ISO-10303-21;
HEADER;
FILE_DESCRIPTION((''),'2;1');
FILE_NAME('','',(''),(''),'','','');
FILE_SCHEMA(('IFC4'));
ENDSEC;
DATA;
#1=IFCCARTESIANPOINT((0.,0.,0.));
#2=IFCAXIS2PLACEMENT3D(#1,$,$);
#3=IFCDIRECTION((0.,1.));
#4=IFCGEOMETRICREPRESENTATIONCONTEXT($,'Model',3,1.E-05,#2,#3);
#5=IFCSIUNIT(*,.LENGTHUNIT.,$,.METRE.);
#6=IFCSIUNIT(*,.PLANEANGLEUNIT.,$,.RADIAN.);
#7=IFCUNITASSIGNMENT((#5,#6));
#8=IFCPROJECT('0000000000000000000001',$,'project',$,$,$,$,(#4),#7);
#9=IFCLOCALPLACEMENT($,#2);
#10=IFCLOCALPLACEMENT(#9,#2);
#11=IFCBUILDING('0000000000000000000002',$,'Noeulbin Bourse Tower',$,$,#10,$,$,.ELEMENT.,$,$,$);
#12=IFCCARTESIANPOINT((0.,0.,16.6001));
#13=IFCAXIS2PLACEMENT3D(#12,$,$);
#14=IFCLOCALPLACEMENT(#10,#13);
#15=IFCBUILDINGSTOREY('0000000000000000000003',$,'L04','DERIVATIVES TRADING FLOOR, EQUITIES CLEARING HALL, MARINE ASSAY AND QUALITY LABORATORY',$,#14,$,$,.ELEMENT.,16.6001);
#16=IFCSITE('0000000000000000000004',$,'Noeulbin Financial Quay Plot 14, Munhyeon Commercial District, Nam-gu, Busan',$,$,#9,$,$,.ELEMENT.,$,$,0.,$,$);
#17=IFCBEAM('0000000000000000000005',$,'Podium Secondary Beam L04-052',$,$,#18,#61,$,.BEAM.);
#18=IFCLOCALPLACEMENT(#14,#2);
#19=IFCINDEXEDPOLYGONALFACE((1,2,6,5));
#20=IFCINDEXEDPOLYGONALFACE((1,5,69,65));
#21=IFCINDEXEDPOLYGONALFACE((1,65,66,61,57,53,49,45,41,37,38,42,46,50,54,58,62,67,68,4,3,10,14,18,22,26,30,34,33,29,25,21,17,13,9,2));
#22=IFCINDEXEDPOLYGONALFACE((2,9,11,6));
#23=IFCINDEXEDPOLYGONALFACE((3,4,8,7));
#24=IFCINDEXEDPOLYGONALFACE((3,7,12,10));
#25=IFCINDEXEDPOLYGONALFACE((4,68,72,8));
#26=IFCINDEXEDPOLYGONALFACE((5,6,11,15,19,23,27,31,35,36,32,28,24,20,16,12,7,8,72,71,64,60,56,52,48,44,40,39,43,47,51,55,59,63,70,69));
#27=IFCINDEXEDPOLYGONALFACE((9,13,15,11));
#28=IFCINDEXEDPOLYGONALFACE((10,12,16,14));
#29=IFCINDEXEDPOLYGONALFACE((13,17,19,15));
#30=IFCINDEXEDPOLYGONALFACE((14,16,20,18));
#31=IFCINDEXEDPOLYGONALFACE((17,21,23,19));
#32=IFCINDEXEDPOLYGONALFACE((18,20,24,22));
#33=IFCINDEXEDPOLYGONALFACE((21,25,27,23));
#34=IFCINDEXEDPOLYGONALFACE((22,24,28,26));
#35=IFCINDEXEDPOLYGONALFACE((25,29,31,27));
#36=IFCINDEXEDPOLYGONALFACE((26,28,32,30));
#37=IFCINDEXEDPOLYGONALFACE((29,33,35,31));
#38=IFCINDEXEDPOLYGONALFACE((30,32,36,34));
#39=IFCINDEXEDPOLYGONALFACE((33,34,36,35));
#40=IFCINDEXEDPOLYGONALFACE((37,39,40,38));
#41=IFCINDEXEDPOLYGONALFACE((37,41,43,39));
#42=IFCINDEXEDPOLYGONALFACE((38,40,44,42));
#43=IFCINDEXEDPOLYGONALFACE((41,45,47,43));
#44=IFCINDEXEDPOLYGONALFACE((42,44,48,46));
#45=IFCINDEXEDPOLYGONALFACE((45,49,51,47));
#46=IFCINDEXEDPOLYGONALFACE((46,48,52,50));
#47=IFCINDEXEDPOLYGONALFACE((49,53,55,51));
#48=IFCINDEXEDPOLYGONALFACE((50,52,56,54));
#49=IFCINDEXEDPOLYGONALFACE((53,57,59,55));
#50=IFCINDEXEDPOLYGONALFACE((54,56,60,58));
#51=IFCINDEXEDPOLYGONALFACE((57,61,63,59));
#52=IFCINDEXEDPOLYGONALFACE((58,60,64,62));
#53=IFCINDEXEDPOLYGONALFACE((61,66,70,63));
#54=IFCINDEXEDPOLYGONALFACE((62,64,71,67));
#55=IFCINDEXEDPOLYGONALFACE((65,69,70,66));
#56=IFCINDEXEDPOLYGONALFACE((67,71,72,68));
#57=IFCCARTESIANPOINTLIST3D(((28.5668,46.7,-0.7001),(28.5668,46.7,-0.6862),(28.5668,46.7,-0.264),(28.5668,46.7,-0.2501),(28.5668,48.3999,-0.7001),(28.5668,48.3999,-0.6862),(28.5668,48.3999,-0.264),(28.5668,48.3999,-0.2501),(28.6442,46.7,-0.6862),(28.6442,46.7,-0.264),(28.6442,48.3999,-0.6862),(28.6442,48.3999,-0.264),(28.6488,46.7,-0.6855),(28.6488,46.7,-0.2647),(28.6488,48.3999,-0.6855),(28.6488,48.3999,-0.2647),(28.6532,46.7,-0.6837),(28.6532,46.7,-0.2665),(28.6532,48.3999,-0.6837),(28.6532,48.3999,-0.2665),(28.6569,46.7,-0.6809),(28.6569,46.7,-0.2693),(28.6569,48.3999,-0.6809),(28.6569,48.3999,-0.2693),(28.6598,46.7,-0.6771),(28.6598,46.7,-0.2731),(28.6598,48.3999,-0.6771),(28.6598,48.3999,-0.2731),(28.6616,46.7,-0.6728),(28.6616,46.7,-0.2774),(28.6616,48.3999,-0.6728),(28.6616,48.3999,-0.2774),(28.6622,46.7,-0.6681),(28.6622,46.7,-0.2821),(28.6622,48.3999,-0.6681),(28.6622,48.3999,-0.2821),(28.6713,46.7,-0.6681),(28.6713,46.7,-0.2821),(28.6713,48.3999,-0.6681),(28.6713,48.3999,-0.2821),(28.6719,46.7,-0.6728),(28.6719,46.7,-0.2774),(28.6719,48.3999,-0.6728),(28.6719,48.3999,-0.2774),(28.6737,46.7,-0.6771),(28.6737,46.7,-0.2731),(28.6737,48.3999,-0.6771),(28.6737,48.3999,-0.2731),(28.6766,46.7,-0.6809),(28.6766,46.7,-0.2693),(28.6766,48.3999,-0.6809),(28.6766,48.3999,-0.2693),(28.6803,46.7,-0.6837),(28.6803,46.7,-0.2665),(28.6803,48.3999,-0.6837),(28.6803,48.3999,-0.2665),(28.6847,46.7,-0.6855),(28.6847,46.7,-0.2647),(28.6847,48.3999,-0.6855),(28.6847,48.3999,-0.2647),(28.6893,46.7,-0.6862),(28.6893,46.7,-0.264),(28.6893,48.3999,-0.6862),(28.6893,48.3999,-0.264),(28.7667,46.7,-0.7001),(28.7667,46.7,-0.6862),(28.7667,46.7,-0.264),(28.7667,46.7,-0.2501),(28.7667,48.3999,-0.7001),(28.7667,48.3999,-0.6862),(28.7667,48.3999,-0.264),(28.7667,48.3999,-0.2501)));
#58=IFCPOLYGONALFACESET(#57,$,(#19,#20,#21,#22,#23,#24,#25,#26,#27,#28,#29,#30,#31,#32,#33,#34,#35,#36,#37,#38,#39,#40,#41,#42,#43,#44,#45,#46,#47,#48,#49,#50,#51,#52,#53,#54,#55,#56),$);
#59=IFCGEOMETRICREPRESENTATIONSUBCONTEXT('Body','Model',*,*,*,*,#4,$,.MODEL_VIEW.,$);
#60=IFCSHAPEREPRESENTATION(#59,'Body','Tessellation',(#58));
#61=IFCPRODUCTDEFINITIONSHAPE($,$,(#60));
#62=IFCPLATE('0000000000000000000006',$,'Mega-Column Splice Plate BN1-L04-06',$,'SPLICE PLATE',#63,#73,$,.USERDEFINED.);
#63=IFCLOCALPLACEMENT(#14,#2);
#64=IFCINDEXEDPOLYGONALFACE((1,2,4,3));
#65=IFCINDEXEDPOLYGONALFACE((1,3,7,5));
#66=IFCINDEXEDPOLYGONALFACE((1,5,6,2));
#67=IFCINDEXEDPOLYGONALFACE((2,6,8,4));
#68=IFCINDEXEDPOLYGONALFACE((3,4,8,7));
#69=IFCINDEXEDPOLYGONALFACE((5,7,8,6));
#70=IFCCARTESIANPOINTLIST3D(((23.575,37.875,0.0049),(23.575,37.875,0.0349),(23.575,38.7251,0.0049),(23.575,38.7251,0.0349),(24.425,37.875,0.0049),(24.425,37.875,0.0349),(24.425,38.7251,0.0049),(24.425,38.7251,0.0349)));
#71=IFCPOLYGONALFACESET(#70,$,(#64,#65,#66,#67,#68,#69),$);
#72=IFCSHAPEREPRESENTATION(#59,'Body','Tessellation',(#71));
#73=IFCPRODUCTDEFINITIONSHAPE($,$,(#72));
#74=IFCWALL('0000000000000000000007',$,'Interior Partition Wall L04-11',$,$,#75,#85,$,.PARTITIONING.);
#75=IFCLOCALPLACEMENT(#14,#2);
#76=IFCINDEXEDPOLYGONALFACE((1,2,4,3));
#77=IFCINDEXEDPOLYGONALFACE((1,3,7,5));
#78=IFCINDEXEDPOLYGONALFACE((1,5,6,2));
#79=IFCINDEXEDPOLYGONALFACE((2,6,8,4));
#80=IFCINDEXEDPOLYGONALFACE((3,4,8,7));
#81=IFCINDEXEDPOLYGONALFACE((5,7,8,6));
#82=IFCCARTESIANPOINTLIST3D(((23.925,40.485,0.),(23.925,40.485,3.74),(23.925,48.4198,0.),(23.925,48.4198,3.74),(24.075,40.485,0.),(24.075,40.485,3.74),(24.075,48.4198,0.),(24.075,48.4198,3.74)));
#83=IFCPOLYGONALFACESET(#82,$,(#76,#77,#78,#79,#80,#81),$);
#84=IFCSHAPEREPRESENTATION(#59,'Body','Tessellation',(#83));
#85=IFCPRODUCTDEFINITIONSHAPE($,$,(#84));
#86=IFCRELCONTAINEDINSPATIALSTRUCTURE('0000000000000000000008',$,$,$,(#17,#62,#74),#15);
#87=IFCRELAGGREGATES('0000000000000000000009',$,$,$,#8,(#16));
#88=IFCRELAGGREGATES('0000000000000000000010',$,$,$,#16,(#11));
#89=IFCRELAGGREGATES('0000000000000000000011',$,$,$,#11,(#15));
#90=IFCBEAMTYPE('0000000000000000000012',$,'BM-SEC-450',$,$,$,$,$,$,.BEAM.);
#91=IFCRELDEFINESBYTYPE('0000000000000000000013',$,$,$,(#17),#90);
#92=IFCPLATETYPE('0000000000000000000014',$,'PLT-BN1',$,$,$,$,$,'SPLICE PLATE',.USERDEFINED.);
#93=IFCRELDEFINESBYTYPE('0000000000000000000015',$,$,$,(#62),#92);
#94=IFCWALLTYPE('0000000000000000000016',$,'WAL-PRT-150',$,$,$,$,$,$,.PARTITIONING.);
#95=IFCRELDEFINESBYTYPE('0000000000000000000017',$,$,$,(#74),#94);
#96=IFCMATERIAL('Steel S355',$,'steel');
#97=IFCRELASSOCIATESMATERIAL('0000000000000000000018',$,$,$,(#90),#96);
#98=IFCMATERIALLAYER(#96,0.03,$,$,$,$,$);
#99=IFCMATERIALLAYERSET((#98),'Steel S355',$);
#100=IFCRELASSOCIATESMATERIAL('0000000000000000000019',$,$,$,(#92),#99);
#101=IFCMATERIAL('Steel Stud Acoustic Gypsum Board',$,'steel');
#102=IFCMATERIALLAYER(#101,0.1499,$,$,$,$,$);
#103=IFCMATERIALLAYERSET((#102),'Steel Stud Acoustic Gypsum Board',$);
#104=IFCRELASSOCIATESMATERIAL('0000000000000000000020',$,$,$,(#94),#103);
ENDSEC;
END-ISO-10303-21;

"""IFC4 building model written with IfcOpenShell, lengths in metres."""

from ifc_helpers import new_model, si_unit, direction, frame, frame_2d, origin, origin_2d, place, context, subcontext, project, spatial, rectangle, i_section, extrude, material, layer, layer_set, material_profile, profile_set, type_object, element, save


model = new_model("IFC4")

# Units and contexts
model_context = context("Model", 3, precision=1e-05, world=origin(), true_north=direction((0.0, 1.0)))
body_context = subcontext(model_context, "Body", "Model", "MODEL_VIEW")
ifc_project = project(units=[si_unit("LENGTHUNIT", "METRE"), si_unit("PLANEANGLEUNIT", "RADIAN")], contexts=[model_context])

# Site, building, storey
site_placement = place(None, origin())
site = spatial("IfcSite", under=ifc_project, at=site_placement, Name="Noeulbin Financial Quay Plot 14, Munhyeon Commercial District, Nam-gu, Busan", CompositionType="ELEMENT", RefElevation=0.0)
building_placement = place(site_placement, origin())
building = spatial("IfcBuilding", under=site, at=building_placement, Name="Noeulbin Bourse Tower", CompositionType="ELEMENT")
storey_placement = place(building_placement, frame((0.0, 0.0, 16.6001)))
storey = spatial("IfcBuildingStorey", under=building, at=storey_placement, Name="L04", Description="DERIVATIVES TRADING FLOOR, EQUITIES CLEARING HALL, MARINE ASSAY AND QUALITY LABORATORY", CompositionType="ELEMENT", Elevation=16.6001)

# Beam
ifc_material_1 = material(Name="Steel S355", Category="steel")
ifc_material_profile_1 = material_profile(ifc_material_1, i_section(OverallWidth=0.2, OverallDepth=0.45, WebThickness=0.009, FlangeThickness=0.0139, FilletRadius=0.0181, at=origin_2d()), Name="H-450x200x9x14", Category="LoadBearing")
ifc_profile_set_1 = profile_set([ifc_material_profile_1], Name="Steel S355")
beam_type_1 = type_object("IfcBeamType", Name="BM-SEC-450", PredefinedType="BEAM", material=ifc_profile_set_1)
beam_1_placement = place(storey_placement, frame((28.6667, 46.7, -0.4751), z_axis=(0.0, 1.0, 0.0), x_axis=(-1.0, 0.0, 0.0)))
element("IfcBeam", 1, at=beam_1_placement, inside=storey, type_object=beam_type_1, Name="Podium Secondary Beam L04-052", PredefinedType="BEAM", context=body_context, shape_type="SweptSolid", body=[
    extrude(i_section(OverallWidth=0.2, OverallDepth=0.45, WebThickness=0.009, FlangeThickness=0.0139, FilletRadius=0.0181, at=origin_2d()), origin(), (0.0, 0.0, 1.0), 1.7),
])

# Plate
ifc_layer_1 = layer(ifc_material_1, 0.03)
ifc_layer_set_1 = layer_set([ifc_layer_1], Name="Steel S355")
plate_type = type_object("IfcPlateType", Name="PLT-BN1", ElementType="SPLICE PLATE", PredefinedType="USERDEFINED", material=ifc_layer_set_1)
plate_placement = place(storey_placement, frame((24.0, 38.3, 0.0049), z_axis=(0.0, 0.0, 1.0), x_axis=(1.0, 0.0, 0.0)))
element("IfcPlate", 2, at=plate_placement, inside=storey, type_object=plate_type, Name="Mega-Column Splice Plate BN1-L04-06", ObjectType="SPLICE PLATE", PredefinedType="USERDEFINED", context=body_context, shape_type="SweptSolid", body=[
    extrude(rectangle(XDim=0.8501, YDim=0.8501, at=origin_2d()), origin(), (0.0, 0.0, 1.0), 0.03),
])

# Wall
ifc_material_2 = material(Name="Steel Stud Acoustic Gypsum Board", Category="steel")
ifc_layer_2 = layer(ifc_material_2, 0.1499)
ifc_layer_set_2 = layer_set([ifc_layer_2], Name="Steel Stud Acoustic Gypsum Board")
wall_type = type_object("IfcWallType", Name="WAL-PRT-150", PredefinedType="PARTITIONING", material=ifc_layer_set_2)
wall_placement = place(storey_placement, frame((24.0, 40.4851, 0.0), z_axis=(0.0, 0.0, 1.0), x_axis=(0.0, 1.0, 0.0)))
element("IfcWall", 3, at=wall_placement, inside=storey, type_object=wall_type, Name="Interior Partition Wall L04-11", PredefinedType="PARTITIONING", context=body_context, shape_type="SweptSolid", body=[
    extrude(rectangle(XDim=7.9348, YDim=0.1499, at=frame_2d((3.9673, 0.0))), origin(), (0.0, 0.0, 1.0), 3.74),
])

save(model, "model.ifc")
